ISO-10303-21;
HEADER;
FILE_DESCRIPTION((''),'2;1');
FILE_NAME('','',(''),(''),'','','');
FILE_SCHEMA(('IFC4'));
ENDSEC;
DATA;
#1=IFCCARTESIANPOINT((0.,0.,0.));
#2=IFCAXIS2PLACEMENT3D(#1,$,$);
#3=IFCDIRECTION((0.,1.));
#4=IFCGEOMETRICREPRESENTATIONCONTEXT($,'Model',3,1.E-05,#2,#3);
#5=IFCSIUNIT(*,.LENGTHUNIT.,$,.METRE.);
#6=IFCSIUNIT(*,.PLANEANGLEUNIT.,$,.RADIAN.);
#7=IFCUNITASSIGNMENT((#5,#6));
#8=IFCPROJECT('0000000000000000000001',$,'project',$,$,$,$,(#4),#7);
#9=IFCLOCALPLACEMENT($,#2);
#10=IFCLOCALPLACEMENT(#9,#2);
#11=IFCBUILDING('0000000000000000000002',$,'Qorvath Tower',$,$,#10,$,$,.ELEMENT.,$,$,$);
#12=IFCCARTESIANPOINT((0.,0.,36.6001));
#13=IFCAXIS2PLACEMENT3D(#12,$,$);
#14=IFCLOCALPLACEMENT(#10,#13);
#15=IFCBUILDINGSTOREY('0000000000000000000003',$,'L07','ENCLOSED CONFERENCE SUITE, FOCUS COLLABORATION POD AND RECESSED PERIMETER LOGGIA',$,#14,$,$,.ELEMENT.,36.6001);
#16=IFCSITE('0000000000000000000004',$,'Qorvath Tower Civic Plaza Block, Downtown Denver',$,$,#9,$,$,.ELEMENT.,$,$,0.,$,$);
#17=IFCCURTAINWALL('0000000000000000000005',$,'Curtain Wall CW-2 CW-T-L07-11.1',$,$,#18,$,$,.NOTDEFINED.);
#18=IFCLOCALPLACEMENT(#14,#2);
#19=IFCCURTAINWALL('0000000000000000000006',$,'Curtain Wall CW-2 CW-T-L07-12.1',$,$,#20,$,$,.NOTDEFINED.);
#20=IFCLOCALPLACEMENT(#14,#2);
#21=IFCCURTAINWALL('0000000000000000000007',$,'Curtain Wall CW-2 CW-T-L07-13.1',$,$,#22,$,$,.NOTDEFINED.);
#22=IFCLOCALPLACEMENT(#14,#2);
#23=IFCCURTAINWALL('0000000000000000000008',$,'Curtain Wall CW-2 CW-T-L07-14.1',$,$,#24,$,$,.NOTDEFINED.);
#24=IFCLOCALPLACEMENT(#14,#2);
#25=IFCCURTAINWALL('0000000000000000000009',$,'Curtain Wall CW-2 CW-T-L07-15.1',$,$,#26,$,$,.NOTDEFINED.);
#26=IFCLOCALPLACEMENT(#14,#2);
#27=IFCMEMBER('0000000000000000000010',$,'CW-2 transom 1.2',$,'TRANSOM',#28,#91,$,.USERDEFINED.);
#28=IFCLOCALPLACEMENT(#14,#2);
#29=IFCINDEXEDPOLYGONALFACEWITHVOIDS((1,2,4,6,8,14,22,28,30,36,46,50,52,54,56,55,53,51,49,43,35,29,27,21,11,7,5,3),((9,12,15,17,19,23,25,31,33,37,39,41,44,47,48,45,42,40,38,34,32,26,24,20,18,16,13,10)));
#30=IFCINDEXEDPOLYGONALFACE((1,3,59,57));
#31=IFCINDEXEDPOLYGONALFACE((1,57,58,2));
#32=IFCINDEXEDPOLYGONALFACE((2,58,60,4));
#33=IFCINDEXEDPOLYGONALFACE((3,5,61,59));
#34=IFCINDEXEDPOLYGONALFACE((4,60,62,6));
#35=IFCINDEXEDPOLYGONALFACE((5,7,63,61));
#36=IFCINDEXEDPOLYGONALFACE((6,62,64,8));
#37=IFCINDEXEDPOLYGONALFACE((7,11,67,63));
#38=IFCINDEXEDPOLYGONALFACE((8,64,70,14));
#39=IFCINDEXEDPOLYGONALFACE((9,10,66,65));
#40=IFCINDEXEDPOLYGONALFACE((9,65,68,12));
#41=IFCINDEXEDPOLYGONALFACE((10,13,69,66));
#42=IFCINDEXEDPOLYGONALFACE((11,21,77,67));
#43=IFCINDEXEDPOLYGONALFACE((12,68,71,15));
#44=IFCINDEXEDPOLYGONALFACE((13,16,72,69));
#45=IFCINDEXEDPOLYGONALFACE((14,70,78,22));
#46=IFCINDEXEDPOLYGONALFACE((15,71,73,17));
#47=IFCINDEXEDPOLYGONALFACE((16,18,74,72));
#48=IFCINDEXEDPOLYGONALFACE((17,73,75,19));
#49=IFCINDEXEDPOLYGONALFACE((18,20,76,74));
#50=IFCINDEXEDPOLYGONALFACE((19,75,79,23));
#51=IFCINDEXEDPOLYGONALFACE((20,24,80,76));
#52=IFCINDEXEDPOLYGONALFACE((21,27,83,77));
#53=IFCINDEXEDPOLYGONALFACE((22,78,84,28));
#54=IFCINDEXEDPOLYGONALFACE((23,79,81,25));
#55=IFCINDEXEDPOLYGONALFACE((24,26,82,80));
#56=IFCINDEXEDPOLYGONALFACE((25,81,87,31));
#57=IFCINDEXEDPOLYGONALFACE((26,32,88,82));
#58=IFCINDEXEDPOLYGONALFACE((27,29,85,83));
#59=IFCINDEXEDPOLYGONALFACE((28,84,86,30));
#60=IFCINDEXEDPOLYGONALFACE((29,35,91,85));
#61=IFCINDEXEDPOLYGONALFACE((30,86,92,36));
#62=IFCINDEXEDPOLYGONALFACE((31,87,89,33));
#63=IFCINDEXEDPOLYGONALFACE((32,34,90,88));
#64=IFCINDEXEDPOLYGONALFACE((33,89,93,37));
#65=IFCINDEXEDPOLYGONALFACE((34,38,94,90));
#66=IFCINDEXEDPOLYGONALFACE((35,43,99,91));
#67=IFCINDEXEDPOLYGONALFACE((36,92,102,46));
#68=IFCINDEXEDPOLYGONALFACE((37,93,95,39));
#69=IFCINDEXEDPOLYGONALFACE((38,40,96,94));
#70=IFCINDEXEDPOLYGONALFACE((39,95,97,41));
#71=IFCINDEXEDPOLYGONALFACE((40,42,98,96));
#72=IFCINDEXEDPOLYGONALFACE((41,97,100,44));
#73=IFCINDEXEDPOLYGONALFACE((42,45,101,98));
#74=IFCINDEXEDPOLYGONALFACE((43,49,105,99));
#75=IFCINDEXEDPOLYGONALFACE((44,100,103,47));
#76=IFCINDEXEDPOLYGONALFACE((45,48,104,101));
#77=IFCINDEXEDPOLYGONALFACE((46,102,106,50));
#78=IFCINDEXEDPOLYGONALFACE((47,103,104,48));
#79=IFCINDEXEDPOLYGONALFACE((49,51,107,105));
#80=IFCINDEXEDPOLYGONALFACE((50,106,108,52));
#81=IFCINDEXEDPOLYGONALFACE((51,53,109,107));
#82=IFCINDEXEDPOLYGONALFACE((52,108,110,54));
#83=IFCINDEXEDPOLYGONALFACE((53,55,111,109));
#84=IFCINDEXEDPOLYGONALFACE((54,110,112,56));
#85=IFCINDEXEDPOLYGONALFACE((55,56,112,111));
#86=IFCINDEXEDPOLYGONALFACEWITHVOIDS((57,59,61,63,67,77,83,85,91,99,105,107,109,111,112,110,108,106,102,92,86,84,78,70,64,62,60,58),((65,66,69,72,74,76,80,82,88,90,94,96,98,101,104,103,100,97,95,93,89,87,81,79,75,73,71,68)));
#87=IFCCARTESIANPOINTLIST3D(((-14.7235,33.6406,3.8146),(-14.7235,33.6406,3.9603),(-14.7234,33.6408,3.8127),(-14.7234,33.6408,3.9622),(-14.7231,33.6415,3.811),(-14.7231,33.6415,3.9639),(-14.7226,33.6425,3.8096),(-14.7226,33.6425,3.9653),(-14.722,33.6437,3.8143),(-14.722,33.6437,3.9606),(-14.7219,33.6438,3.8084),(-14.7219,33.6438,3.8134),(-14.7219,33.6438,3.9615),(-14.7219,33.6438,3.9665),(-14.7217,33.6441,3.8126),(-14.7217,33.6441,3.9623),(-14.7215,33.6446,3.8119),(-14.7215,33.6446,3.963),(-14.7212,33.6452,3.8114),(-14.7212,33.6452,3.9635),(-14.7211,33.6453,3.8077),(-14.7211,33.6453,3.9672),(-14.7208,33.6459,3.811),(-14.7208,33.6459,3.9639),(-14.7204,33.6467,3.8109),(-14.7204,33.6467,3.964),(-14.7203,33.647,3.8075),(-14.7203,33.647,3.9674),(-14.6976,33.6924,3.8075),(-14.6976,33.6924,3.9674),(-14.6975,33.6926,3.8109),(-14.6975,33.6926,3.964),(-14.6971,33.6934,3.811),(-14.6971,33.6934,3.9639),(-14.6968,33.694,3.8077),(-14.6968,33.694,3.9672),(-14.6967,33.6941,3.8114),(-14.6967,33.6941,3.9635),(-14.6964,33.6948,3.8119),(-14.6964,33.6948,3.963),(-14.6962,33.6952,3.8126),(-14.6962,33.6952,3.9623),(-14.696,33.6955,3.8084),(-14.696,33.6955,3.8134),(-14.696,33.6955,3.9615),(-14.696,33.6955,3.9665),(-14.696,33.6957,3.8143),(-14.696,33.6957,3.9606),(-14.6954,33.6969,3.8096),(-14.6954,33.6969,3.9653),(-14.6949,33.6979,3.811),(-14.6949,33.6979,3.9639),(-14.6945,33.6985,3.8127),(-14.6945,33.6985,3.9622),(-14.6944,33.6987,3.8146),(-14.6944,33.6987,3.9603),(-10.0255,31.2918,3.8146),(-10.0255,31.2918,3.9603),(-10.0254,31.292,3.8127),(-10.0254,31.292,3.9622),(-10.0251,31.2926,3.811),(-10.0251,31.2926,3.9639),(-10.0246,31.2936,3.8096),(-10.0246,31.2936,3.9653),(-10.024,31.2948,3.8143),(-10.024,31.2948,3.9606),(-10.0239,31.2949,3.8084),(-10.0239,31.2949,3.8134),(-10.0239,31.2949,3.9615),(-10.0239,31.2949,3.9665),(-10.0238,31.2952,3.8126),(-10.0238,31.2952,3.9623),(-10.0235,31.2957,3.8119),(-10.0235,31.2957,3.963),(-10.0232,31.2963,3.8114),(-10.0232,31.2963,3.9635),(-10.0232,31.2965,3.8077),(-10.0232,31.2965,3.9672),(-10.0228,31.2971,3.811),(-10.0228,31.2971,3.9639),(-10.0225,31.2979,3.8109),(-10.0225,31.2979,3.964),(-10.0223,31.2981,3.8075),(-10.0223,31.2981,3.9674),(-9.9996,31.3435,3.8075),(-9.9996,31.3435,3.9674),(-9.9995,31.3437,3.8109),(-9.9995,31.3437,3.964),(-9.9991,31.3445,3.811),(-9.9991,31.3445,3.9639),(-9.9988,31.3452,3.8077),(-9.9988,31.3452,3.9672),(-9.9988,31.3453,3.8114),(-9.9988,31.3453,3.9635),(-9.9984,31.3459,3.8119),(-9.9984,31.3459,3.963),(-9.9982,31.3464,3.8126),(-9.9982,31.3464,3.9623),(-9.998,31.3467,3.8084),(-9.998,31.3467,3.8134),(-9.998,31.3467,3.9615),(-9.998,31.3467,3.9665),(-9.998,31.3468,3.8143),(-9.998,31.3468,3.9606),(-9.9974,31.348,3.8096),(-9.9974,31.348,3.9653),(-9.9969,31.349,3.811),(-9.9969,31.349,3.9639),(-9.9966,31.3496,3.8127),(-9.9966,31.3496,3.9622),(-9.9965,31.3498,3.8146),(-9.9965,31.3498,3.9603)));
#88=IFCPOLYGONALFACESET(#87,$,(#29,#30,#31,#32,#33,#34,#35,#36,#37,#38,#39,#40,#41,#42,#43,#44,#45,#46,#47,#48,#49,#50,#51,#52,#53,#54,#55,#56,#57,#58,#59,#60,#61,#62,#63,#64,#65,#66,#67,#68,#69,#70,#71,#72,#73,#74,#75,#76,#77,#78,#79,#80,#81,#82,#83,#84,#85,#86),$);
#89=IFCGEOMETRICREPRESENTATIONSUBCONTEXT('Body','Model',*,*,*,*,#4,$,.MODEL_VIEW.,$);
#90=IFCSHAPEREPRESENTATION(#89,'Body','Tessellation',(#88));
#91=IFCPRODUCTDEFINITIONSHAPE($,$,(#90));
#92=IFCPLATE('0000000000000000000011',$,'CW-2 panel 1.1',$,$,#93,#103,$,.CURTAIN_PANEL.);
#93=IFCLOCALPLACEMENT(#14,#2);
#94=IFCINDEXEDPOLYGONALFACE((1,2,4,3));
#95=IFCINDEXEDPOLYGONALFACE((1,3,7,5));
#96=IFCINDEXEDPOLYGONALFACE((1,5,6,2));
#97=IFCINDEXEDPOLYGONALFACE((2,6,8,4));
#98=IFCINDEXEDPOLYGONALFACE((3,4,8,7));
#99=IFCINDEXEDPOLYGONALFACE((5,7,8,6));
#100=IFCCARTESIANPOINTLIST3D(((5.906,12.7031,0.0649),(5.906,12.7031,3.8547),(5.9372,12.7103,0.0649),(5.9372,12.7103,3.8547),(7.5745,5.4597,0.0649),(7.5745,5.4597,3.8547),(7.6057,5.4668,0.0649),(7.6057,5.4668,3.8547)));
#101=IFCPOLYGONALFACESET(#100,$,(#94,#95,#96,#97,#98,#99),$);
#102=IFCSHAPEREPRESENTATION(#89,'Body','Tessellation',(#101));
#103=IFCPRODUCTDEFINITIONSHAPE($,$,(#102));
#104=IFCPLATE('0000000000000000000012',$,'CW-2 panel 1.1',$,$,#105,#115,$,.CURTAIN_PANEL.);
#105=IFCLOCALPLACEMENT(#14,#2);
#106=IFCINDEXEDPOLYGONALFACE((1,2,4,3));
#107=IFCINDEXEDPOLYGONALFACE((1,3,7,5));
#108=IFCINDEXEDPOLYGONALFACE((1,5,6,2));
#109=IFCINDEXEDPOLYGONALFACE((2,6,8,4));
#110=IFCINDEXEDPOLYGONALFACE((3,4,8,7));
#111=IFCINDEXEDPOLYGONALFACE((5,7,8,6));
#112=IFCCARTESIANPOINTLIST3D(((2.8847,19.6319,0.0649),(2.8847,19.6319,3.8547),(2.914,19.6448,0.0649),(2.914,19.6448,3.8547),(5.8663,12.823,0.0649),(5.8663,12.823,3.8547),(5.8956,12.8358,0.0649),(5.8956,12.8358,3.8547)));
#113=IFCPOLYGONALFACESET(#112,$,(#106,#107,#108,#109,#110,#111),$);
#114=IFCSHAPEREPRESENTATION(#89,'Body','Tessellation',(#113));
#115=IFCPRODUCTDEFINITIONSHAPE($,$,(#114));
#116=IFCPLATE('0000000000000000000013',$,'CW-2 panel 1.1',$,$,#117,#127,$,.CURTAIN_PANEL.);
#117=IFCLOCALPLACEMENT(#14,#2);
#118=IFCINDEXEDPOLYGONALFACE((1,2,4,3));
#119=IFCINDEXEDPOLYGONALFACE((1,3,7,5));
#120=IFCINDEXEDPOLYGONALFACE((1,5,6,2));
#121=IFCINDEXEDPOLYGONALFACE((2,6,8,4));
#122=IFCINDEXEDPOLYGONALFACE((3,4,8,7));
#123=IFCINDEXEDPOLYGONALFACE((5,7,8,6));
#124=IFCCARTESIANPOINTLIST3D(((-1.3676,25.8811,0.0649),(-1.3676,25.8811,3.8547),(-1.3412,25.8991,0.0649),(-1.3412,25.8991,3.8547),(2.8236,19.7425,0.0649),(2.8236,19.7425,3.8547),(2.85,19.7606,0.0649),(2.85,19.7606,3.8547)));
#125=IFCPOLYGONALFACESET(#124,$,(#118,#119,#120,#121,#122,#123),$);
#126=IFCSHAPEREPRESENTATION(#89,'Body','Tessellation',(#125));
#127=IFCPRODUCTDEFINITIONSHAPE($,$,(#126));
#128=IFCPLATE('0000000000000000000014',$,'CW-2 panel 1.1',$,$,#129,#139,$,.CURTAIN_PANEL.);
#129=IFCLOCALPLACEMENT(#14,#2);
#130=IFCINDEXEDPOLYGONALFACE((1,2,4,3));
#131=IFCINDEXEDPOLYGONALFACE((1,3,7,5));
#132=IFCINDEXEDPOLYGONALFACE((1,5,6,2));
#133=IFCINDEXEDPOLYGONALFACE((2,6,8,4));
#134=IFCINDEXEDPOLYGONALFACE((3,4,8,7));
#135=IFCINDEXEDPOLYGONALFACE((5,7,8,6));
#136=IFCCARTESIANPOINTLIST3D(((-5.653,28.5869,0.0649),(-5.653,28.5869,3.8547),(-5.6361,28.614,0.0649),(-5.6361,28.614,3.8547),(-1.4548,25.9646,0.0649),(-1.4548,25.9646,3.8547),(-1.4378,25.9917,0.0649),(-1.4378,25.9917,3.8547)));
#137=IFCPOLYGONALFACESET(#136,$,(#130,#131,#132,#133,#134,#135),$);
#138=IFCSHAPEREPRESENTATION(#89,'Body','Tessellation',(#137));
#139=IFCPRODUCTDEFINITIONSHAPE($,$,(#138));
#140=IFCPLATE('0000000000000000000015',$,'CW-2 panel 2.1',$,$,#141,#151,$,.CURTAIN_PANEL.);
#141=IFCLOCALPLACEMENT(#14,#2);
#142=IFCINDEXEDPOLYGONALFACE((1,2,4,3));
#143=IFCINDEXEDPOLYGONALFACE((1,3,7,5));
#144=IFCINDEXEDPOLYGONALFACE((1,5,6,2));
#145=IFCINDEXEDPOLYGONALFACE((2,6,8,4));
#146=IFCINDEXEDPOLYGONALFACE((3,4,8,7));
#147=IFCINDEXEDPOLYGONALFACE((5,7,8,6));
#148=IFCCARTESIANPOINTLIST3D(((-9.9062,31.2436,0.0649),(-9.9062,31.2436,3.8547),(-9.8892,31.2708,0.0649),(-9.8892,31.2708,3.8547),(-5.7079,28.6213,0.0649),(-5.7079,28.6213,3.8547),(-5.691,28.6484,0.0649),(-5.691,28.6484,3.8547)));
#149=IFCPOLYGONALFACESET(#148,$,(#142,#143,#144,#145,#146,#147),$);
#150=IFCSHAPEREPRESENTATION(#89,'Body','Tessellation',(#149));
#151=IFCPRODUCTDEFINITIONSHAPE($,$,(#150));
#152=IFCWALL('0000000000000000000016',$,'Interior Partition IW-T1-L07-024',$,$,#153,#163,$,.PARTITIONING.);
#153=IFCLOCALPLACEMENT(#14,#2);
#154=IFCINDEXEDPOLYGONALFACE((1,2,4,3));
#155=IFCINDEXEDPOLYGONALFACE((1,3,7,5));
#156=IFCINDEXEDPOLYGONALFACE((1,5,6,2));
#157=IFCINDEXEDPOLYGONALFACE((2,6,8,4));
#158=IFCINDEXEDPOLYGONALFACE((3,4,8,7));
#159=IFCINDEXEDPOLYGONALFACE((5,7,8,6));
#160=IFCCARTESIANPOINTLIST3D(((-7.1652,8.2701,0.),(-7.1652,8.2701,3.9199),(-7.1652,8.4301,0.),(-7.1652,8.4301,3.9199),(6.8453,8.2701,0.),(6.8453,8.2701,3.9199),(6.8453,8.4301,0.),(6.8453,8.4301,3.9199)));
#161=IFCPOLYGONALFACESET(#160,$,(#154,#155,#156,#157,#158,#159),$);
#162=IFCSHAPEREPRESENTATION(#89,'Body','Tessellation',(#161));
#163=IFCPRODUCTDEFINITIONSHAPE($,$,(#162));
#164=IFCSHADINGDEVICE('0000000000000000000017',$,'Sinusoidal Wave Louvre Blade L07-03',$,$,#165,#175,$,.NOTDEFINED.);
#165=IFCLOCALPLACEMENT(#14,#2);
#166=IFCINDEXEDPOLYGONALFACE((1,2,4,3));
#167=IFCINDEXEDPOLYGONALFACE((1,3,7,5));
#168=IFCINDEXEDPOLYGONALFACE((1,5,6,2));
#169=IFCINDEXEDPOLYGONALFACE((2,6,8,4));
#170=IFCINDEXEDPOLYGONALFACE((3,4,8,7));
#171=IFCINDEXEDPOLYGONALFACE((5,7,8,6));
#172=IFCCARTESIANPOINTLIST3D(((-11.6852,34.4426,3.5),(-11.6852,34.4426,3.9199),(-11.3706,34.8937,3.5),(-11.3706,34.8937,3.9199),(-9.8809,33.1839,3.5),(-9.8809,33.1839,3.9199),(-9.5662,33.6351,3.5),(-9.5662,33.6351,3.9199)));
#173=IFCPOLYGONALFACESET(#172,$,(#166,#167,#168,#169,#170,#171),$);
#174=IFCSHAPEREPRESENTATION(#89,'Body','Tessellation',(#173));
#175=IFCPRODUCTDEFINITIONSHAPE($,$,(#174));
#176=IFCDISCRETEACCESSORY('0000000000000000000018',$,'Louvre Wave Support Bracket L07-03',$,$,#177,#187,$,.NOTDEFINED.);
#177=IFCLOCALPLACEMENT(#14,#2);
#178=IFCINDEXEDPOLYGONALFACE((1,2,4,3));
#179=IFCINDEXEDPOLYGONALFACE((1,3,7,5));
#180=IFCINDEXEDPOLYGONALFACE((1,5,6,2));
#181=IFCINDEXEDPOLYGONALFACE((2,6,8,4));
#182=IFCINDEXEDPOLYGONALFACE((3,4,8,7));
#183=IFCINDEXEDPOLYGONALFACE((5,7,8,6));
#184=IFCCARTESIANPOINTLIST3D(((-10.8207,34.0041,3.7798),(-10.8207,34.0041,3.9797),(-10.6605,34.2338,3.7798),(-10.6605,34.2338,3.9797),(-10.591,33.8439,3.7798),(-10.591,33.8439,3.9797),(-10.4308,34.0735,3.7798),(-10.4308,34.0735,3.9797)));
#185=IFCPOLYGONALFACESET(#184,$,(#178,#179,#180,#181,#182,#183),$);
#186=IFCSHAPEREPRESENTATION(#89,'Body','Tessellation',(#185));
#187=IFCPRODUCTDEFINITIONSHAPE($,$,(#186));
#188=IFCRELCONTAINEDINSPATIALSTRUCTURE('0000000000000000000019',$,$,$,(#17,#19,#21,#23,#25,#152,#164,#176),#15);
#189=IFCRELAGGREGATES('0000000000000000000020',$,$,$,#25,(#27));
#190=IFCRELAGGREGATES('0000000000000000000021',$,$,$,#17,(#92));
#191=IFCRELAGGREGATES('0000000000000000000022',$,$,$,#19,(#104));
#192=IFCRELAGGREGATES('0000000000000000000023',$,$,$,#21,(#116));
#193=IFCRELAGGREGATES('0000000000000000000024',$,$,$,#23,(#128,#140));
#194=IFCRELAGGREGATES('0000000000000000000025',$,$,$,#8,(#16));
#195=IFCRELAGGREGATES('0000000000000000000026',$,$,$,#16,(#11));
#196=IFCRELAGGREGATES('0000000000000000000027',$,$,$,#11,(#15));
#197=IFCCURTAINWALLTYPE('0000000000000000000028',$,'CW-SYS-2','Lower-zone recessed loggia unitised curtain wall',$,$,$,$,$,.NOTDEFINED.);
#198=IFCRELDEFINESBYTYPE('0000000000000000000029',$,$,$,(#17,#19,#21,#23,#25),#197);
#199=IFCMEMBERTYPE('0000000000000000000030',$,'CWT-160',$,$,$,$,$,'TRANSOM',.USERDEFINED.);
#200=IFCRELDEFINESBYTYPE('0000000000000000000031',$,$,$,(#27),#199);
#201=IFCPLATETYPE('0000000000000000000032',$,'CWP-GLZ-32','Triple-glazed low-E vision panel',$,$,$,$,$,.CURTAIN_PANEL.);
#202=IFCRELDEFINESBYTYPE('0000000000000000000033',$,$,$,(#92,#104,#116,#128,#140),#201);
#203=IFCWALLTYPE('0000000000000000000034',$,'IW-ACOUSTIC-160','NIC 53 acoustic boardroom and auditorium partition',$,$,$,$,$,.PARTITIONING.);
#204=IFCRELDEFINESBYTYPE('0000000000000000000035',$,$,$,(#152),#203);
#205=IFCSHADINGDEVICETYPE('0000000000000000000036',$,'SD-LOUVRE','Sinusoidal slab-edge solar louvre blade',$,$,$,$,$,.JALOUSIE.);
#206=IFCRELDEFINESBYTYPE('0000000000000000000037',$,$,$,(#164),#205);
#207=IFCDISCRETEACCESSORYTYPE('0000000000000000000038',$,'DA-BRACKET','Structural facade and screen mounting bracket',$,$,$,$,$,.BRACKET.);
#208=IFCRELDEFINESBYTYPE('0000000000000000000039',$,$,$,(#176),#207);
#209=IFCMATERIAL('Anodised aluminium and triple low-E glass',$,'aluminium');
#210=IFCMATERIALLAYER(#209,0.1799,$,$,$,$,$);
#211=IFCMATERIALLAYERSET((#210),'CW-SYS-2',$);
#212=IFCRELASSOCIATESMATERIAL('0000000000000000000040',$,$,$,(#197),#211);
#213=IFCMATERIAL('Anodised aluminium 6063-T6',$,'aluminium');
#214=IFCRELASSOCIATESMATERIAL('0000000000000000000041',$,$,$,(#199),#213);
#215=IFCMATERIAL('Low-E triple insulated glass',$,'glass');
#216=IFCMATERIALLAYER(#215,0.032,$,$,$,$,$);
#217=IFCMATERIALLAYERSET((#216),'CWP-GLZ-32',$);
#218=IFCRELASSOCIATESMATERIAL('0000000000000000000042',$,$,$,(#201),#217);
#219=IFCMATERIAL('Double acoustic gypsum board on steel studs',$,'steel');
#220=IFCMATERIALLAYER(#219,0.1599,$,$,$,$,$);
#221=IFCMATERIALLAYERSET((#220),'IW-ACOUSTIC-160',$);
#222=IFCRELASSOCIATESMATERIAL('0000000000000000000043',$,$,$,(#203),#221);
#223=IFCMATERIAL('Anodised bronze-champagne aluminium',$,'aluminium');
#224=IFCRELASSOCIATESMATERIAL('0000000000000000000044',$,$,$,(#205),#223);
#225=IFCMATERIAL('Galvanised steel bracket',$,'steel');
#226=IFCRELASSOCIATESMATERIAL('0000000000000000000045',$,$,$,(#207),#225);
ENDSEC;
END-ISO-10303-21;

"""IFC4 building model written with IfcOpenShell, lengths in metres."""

from ifc_helpers import new_model, si_unit, direction, frame, frame_2d, origin, origin_2d, place, context, subcontext, project, spatial, rectangle, hollow_rectangle, extrude, material, layer, layer_set, material_profile, profile_set, type_object, element, aggregate, save


model = new_model("IFC4")

# Units and contexts
model_context = context("Model", 3, precision=1e-05, world=origin(), true_north=direction((0.0, 1.0)))
body_context = subcontext(model_context, "Body", "Model", "MODEL_VIEW")
ifc_project = project(units=[si_unit("LENGTHUNIT", "METRE"), si_unit("PLANEANGLEUNIT", "RADIAN")], contexts=[model_context])

# Site, building, storey
site_placement = place(None, origin())
site = spatial("IfcSite", under=ifc_project, at=site_placement, Name="Qorvath Tower Civic Plaza Block, Downtown Denver", CompositionType="ELEMENT", RefElevation=0.0)
building_placement = place(site_placement, origin())
building = spatial("IfcBuilding", under=site, at=building_placement, Name="Qorvath Tower", CompositionType="ELEMENT")
storey_placement = place(building_placement, frame((0.0, 0.0, 36.6001)))
storey = spatial("IfcBuildingStorey", under=building, at=storey_placement, Name="L07", Description="ENCLOSED CONFERENCE SUITE, FOCUS COLLABORATION POD AND RECESSED PERIMETER LOGGIA", CompositionType="ELEMENT", Elevation=36.6001)

# Curtain wall
ifc_material_1 = material(Name="Anodised aluminium and triple low-E glass", Category="aluminium")
ifc_layer_1 = layer(ifc_material_1, 0.1799)
ifc_layer_set_1 = layer_set([ifc_layer_1], Name="CW-SYS-2")
curtain_wall_type = type_object("IfcCurtainWallType", Name="CW-SYS-2", Description="Lower-zone recessed loggia unitised curtain wall", PredefinedType="NOTDEFINED", material=ifc_layer_set_1)
curtain_wall_1_placement = place(storey_placement, origin())
curtain_wall_1 = element("IfcCurtainWall", 1, at=curtain_wall_1_placement, inside=storey, type_object=curtain_wall_type, Name="Curtain Wall CW-2 CW-T-L07-11.1", PredefinedType="NOTDEFINED")

# Curtain walls
curtain_wall_2_placement = place(storey_placement, origin())
curtain_wall_2 = element("IfcCurtainWall", 2, at=curtain_wall_2_placement, inside=storey, type_object=curtain_wall_type, Name="Curtain Wall CW-2 CW-T-L07-12.1", PredefinedType="NOTDEFINED")
curtain_wall_3_placement = place(storey_placement, origin())
curtain_wall_3 = element("IfcCurtainWall", 3, at=curtain_wall_3_placement, inside=storey, type_object=curtain_wall_type, Name="Curtain Wall CW-2 CW-T-L07-13.1", PredefinedType="NOTDEFINED")
curtain_wall_4_placement = place(storey_placement, origin())
curtain_wall_4 = element("IfcCurtainWall", 4, at=curtain_wall_4_placement, inside=storey, type_object=curtain_wall_type, Name="Curtain Wall CW-2 CW-T-L07-14.1", PredefinedType="NOTDEFINED")

# Curtain wall
curtain_wall_5_placement = place(storey_placement, origin())
curtain_wall_5 = element("IfcCurtainWall", 5, at=curtain_wall_5_placement, inside=storey, type_object=curtain_wall_type, Name="Curtain Wall CW-2 CW-T-L07-15.1", PredefinedType="NOTDEFINED")

# Member
ifc_material_2 = material(Name="Anodised aluminium 6063-T6", Category="aluminium")
ifc_material_profile_1 = material_profile(ifc_material_2, hollow_rectangle(XDim=0.0649, YDim=0.1599, WallThickness=0.0034, InnerFilletRadius=0.0034, OuterFilletRadius=0.0071, at=origin_2d()), Name="CWT 160x65")
ifc_profile_set_1 = profile_set([ifc_material_profile_1], Name="Anodised aluminium 6063-T6")
member_type_1 = type_object("IfcMemberType", Name="CWT-160", ElementType="TRANSOM", PredefinedType="USERDEFINED", material=ifc_profile_set_1)
member_1_placement = place(storey_placement, frame((-10.011, 31.3208, 3.8875), z_axis=(-0.894436, 0.447195, 0.0), x_axis=(-0.447195, -0.894436, 0.0)))
member_1 = element("IfcMember", 6, at=member_1_placement, type_object=member_type_1, Name="CW-2 transom 1.2", ObjectType="TRANSOM", PredefinedType="USERDEFINED", context=body_context, shape_type="SweptSolid", body=[
    extrude(hollow_rectangle(XDim=0.0649, YDim=0.1599, WallThickness=0.0034, InnerFilletRadius=0.0034, OuterFilletRadius=0.0071, at=origin_2d()), origin(), (0.0, 0.0, 1.0), 5.2524),
])
aggregate(curtain_wall_5, [member_1])

# Plates
ifc_material_3 = material(Name="Low-E triple insulated glass", Category="glass")
ifc_layer_2 = layer(ifc_material_3, 0.032)
ifc_layer_set_2 = layer_set([ifc_layer_2], Name="CWP-GLZ-32")
plate_type = type_object("IfcPlateType", Name="CWP-GLZ-32", Description="Triple-glazed low-E vision panel", PredefinedType="CURTAIN_PANEL", material=ifc_layer_set_2)
plate_1_placement = place(storey_placement, frame((6.7559, 9.085, 0.0649), z_axis=(0.0, 0.0, 1.0), x_axis=(-0.224471, 0.974481, 0.0)))
plate_1 = element("IfcPlate", 7, at=plate_1_placement, type_object=plate_type, Name="CW-2 panel 1.1", PredefinedType="CURTAIN_PANEL", context=body_context, shape_type="SweptSolid", body=[
    extrude(rectangle(XDim=7.4331, YDim=0.032, at=origin_2d()), origin(), (0.0, 0.0, 1.0), 3.7898),
])
aggregate(curtain_wall_1, [plate_1])
plate_2_placement = place(storey_placement, frame((4.3901, 16.2339, 0.0649), z_axis=(0.0, 0.0, 1.0), x_axis=(-0.401118, 0.916026, 0.0)))
plate_2 = element("IfcPlate", 8, at=plate_2_placement, type_object=plate_type, Name="CW-2 panel 1.1", PredefinedType="CURTAIN_PANEL", context=body_context, shape_type="SweptSolid", body=[
    extrude(rectangle(XDim=7.4331, YDim=0.032, at=origin_2d()), origin(), (0.0, 0.0, 1.0), 3.7898),
])
aggregate(curtain_wall_2, [plate_2])
plate_3_placement = place(storey_placement, frame((0.7412, 22.8208, 0.0649), z_axis=(0.0, 0.0, 1.0), x_axis=(-0.563869, 0.825864, 0.0)))
plate_3 = element("IfcPlate", 9, at=plate_3_placement, type_object=plate_type, Name="CW-2 panel 1.1", PredefinedType="CURTAIN_PANEL", context=body_context, shape_type="SweptSolid", body=[
    extrude(rectangle(XDim=7.4329, YDim=0.032, at=origin_2d()), origin(), (0.0, 0.0, 1.0), 3.7898),
])
aggregate(curtain_wall_3, [plate_3])
plate_4_placement = place(storey_placement, frame((-3.5454, 27.2893, 0.0649), z_axis=(0.0, 0.0, 1.0), x_axis=(-0.848142, 0.529769, 0.0)))
plate_4 = element("IfcPlate", 10, at=plate_4_placement, type_object=plate_type, Name="CW-2 panel 1.1", PredefinedType="CURTAIN_PANEL", context=body_context, shape_type="SweptSolid", body=[
    extrude(rectangle(XDim=4.95, YDim=0.032, at=origin_2d()), origin(), (0.0, 0.0, 1.0), 3.7898),
])
plate_5_placement = place(storey_placement, frame((-7.7986, 29.946, 0.0649), z_axis=(0.0, 0.0, 1.0), x_axis=(-0.848142, 0.529769, 0.0)))
plate_5 = element("IfcPlate", 11, at=plate_5_placement, type_object=plate_type, Name="CW-2 panel 2.1", PredefinedType="CURTAIN_PANEL", context=body_context, shape_type="SweptSolid", body=[
    extrude(rectangle(XDim=4.95, YDim=0.032, at=origin_2d()), origin(), (0.0, 0.0, 1.0), 3.7898),
])
aggregate(curtain_wall_4, [plate_4, plate_5])

# Wall
ifc_material_4 = material(Name="Double acoustic gypsum board on steel studs", Category="steel")
ifc_layer_3 = layer(ifc_material_4, 0.1599)
ifc_layer_set_3 = layer_set([ifc_layer_3], Name="IW-ACOUSTIC-160")
wall_type = type_object("IfcWallType", Name="IW-ACOUSTIC-160", Description="NIC 53 acoustic boardroom and auditorium partition", PredefinedType="PARTITIONING", material=ifc_layer_set_3)
wall_placement = place(storey_placement, frame((-7.1653, 8.3501, 0.0), z_axis=(0.0, 0.0, 1.0), x_axis=(1.0, 0.0, 0.0)))
element("IfcWall", 12, at=wall_placement, inside=storey, type_object=wall_type, Name="Interior Partition IW-T1-L07-024", PredefinedType="PARTITIONING", context=body_context, shape_type="SweptSolid", body=[
    extrude(rectangle(XDim=14.0105, YDim=0.1599, at=frame_2d((7.0054, 0.0))), origin(), (0.0, 0.0, 1.0), 3.9199),
])

# Shading device
ifc_material_5 = material(Name="Anodised bronze-champagne aluminium", Category="aluminium")
shading_device_type = type_object("IfcShadingDeviceType", Name="SD-LOUVRE", Description="Sinusoidal slab-edge solar louvre blade", PredefinedType="JALOUSIE", material=ifc_material_5)
shading_device_placement = place(storey_placement, frame((-10.6257, 34.0388, 3.5), z_axis=(0.0, 0.0, 1.0), x_axis=(-0.82017, 0.57212, 0.0)))
element("IfcShadingDevice", 13, at=shading_device_placement, inside=storey, type_object=shading_device_type, Name="Sinusoidal Wave Louvre Blade L07-03", PredefinedType="NOTDEFINED", context=body_context, shape_type="SweptSolid", body=[
    extrude(rectangle(XDim=2.2, YDim=0.55, at=origin_2d()), origin(), (0.0, 0.0, 1.0), 0.4199),
])

# Discrete accessory
ifc_material_6 = material(Name="Galvanised steel bracket", Category="steel")
discrete_accessory_type = type_object("IfcDiscreteAccessoryType", Name="DA-BRACKET", Description="Structural facade and screen mounting bracket", PredefinedType="BRACKET", material=ifc_material_6)
discrete_accessory_placement = place(storey_placement, frame((-10.6257, 34.0388, 3.7798), z_axis=(0.0, 0.0, 1.0), x_axis=(-0.82017, 0.57212, 0.0)))
element("IfcDiscreteAccessory", 14, at=discrete_accessory_placement, inside=storey, type_object=discrete_accessory_type, Name="Louvre Wave Support Bracket L07-03", PredefinedType="NOTDEFINED", context=body_context, shape_type="SweptSolid", body=[
    extrude(rectangle(XDim=0.28, YDim=0.28, at=origin_2d()), origin(), (0.0, 0.0, 1.0), 0.2),
])

save(model, "model.ifc")
